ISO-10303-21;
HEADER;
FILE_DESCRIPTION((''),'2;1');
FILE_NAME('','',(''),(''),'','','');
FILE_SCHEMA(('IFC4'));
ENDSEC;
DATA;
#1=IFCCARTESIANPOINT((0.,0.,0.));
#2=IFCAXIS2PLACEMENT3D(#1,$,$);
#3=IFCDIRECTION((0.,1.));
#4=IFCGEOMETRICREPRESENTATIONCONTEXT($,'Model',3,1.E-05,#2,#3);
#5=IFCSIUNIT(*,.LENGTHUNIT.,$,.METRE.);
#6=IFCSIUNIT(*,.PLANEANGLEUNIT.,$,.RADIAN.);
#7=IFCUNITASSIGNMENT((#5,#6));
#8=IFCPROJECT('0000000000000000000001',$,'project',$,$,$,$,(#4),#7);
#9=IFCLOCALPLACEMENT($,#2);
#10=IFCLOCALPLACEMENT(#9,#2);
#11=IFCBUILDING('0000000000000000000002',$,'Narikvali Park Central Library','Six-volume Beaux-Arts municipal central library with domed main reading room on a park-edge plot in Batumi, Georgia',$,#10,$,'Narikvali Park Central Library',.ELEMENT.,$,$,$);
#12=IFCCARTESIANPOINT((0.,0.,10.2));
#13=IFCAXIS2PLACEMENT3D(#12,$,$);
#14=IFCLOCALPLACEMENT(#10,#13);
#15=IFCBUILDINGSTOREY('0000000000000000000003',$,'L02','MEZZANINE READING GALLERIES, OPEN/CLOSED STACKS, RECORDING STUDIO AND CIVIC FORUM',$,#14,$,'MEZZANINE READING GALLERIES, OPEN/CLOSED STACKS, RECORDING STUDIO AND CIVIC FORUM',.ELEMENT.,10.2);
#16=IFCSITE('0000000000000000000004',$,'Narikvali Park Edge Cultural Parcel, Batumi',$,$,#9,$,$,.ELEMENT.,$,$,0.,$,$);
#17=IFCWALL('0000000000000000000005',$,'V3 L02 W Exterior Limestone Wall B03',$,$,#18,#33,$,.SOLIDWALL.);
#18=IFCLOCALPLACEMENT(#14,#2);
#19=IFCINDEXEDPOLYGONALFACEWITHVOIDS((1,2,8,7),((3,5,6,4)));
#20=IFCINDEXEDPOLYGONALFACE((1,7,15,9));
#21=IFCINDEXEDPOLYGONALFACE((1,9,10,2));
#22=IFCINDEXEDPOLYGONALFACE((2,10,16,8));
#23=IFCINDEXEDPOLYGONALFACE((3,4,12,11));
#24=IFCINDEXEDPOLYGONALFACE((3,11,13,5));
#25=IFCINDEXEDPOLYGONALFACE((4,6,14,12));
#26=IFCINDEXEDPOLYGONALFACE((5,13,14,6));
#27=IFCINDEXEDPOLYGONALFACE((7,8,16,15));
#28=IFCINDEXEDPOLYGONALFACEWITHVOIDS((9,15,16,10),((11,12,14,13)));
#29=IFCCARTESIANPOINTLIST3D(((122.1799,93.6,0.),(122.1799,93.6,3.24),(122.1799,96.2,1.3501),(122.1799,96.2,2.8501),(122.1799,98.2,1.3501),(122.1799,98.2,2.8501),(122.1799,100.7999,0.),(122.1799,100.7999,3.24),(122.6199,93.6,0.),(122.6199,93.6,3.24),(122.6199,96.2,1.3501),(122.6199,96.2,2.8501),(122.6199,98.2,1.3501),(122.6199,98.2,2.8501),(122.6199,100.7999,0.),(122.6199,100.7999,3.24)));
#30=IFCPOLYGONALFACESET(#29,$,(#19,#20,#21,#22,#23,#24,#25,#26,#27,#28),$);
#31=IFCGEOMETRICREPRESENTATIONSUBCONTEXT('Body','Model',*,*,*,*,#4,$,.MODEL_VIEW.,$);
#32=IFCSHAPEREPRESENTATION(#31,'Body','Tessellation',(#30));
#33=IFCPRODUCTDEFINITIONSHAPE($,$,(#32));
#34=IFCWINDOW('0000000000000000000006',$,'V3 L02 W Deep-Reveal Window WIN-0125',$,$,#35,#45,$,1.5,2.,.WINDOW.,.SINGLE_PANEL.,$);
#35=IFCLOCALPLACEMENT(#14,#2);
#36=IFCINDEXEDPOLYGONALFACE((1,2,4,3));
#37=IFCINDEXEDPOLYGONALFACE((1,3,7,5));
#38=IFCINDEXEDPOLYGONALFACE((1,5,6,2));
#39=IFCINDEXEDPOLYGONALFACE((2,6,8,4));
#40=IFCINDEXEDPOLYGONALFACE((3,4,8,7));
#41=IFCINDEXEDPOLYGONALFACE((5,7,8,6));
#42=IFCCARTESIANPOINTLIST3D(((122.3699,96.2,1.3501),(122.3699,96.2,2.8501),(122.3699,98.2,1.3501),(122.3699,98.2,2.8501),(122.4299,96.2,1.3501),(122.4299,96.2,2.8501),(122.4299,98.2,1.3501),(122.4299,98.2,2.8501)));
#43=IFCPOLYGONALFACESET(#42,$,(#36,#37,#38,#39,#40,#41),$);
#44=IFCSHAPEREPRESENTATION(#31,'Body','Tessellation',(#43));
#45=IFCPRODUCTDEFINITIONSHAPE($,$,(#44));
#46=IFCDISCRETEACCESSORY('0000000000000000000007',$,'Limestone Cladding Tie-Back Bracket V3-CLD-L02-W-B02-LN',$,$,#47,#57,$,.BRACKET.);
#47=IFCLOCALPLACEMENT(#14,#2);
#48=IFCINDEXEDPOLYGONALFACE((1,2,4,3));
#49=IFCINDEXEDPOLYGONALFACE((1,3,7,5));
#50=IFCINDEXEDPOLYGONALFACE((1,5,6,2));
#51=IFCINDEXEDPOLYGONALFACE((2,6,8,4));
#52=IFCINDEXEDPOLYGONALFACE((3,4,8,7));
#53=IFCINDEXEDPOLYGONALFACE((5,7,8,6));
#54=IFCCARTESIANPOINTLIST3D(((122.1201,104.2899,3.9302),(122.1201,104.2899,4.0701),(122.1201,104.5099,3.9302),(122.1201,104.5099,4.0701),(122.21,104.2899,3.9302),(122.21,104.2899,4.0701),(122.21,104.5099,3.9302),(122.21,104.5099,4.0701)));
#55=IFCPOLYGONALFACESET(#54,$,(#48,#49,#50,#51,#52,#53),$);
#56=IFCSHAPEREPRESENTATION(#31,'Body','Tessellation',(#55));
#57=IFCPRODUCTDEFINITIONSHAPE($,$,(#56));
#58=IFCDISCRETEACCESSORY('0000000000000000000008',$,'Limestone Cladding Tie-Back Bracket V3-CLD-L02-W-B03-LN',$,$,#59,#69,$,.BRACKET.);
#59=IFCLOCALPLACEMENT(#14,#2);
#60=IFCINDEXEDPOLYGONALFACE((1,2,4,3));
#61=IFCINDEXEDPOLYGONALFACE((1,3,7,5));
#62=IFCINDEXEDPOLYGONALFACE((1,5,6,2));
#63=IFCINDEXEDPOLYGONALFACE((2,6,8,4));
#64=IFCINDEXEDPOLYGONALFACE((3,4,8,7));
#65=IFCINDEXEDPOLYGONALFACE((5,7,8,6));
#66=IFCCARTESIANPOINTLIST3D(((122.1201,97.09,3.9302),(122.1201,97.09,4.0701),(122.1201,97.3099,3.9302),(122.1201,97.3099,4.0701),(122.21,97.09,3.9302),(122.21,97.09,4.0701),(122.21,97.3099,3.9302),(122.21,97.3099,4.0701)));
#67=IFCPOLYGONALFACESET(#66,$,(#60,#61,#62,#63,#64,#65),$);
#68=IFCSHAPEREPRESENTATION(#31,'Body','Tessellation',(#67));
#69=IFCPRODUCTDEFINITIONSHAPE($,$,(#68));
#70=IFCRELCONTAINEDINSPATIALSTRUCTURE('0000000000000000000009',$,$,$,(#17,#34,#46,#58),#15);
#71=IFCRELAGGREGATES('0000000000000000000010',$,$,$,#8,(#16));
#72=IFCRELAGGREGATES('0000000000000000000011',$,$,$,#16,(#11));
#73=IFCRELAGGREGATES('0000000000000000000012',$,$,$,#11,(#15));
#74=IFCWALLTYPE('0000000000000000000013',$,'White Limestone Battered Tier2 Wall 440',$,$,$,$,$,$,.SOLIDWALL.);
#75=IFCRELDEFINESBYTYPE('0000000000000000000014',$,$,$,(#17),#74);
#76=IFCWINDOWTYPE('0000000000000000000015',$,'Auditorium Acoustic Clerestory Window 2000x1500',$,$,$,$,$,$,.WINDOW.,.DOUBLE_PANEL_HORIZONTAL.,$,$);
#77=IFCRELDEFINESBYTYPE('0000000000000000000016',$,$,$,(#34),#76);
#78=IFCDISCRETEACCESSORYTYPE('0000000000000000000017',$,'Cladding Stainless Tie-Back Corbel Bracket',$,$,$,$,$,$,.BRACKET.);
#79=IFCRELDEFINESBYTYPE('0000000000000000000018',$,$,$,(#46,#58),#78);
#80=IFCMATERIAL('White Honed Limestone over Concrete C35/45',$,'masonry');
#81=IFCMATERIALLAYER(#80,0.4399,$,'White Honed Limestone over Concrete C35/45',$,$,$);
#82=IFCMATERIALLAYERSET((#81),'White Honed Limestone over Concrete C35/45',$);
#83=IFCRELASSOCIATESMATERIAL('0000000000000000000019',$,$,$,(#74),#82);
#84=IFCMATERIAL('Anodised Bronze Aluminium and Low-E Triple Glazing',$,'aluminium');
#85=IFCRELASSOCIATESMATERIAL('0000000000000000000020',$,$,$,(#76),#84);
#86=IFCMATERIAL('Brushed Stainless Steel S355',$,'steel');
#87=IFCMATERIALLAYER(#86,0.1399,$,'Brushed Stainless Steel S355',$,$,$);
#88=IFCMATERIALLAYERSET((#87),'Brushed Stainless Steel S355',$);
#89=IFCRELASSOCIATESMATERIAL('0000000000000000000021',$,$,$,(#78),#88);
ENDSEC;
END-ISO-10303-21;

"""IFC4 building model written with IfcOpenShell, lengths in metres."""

from ifc_helpers import new_model, si_unit, direction, frame, frame_2d, origin, origin_2d, place, context, subcontext, project, spatial, rectangle, extrude, material, layer, layer_set, type_object, element, fill, save


model = new_model("IFC4")

# Units and contexts
model_context = context("Model", 3, precision=1e-05, world=origin(), true_north=direction((0.0, 1.0)))
body_context = subcontext(model_context, "Body", "Model", "MODEL_VIEW")
ifc_project = project(units=[si_unit("LENGTHUNIT", "METRE"), si_unit("PLANEANGLEUNIT", "RADIAN")], contexts=[model_context])

# Site, building, storey
site_placement = place(None, origin())
site = spatial("IfcSite", under=ifc_project, at=site_placement, Name="Narikvali Park Edge Cultural Parcel, Batumi", CompositionType="ELEMENT", RefElevation=0.0)
building_placement = place(site_placement, origin())
building = spatial("IfcBuilding", under=site, at=building_placement, Name="Narikvali Park Central Library", Description="Six-volume Beaux-Arts municipal central library with domed main reading room on a park-edge plot in Batumi, Georgia", LongName="Narikvali Park Central Library", CompositionType="ELEMENT")
storey_placement = place(building_placement, frame((0.0, 0.0, 10.2)))
storey = spatial("IfcBuildingStorey", under=building, at=storey_placement, Name="L02", Description="MEZZANINE READING GALLERIES, OPEN/CLOSED STACKS, RECORDING STUDIO AND CIVIC FORUM", LongName="MEZZANINE READING GALLERIES, OPEN/CLOSED STACKS, RECORDING STUDIO AND CIVIC FORUM", CompositionType="ELEMENT", Elevation=10.2)

# Wall, opening, window
ifc_material_1 = material(Name="White Honed Limestone over Concrete C35/45", Category="masonry")
ifc_layer_1 = layer(ifc_material_1, 0.4399, Name="White Honed Limestone over Concrete C35/45")
ifc_layer_set_1 = layer_set([ifc_layer_1], Name="White Honed Limestone over Concrete C35/45")
wall_type_1 = type_object("IfcWallType", Name="White Limestone Battered Tier2 Wall 440", PredefinedType="SOLIDWALL", material=ifc_layer_set_1)
ifc_material_2 = material(Name="Anodised Bronze Aluminium and Low-E Triple Glazing", Category="aluminium")
window_type = type_object("IfcWindowType", Name="Auditorium Acoustic Clerestory Window 2000x1500", PartitioningType="DOUBLE_PANEL_HORIZONTAL", PredefinedType="WINDOW", material=ifc_material_2)
wall_1_placement = place(storey_placement, frame((122.3999, 100.8, 0.0), z_axis=(0.0, 0.0, 1.0), x_axis=(0.0, -1.0, 0.0)))
wall_1 = element("IfcWall", 1, at=wall_1_placement, inside=storey, type_object=wall_type_1, Name="V3 L02 W Exterior Limestone Wall B03", PredefinedType="SOLIDWALL", context=body_context, shape_type="SweptSolid", body=[
    extrude(rectangle(XDim=7.2, YDim=0.4399, at=frame_2d((3.6001, 0.0))), origin(), (0.0, 0.0, 1.0), 3.24),
])
opening_1_placement = place(wall_1_placement, frame((2.6001, 0.0, 1.3501)))
opening_1 = element("IfcOpeningElement", 2, at=opening_1_placement, cuts=wall_1, PredefinedType="OPENING", context=body_context, shape_type="SweptSolid", body=[
    extrude(rectangle(XDim=2.0, YDim=1.5, at=frame_2d((1.0, 0.75))), frame((0.0, 0.2319, 0.0), z_axis=(0.0, -1.0, 0.0), x_axis=(1.0, 0.0, 0.0)), (0.0, 0.0, 1.0), 0.4639),
])
window_1_placement = place(opening_1_placement, origin())
window_1 = element("IfcWindow", 3, at=window_1_placement, inside=storey, type_object=window_type, Name="V3 L02 W Deep-Reveal Window WIN-0125", OverallHeight=1.5, OverallWidth=2.0, PartitioningType="SINGLE_PANEL", PredefinedType="WINDOW", context=body_context, shape_type="SweptSolid", body=[
    extrude(rectangle(XDim=2.0, YDim=1.5, at=frame_2d((1.0, 0.75))), frame((0.0, 0.03, 0.0), z_axis=(0.0, -1.0, 0.0), x_axis=(1.0, 0.0, 0.0)), (0.0, 0.0, 1.0), 0.0601),
])
fill(opening_1, window_1)

# Discrete accessories
ifc_material_3 = material(Name="Brushed Stainless Steel S355", Category="steel")
ifc_layer_2 = layer(ifc_material_3, 0.1399, Name="Brushed Stainless Steel S355")
ifc_layer_set_2 = layer_set([ifc_layer_2], Name="Brushed Stainless Steel S355")
discrete_accessory_type = type_object("IfcDiscreteAccessoryType", Name="Cladding Stainless Tie-Back Corbel Bracket", PredefinedType="BRACKET", material=ifc_layer_set_2)
for number, where, z_axis, x_axis, name in (
    (4, (122.165, 104.3999, 3.9302), (0.0, 0.0, 1.0), (1.0, 0.0, 0.0), "Limestone Cladding Tie-Back Bracket V3-CLD-L02-W-B02-LN"),
    (5, (122.165, 97.2, 3.9302), (0.0, 0.0, 1.0), (1.0, 0.0, 0.0), "Limestone Cladding Tie-Back Bracket V3-CLD-L02-W-B03-LN"),
):
    element("IfcDiscreteAccessory", number, at=place(storey_placement, frame(where, z_axis=z_axis, x_axis=x_axis)), inside=storey, type_object=discrete_accessory_type, Name=name, PredefinedType="BRACKET", context=body_context, shape_type="SweptSolid", body=[
        extrude(rectangle(XDim=0.0898, YDim=0.22, at=origin_2d()), origin(), (0.0, 0.0, 1.0), 0.1399),
    ])

save(model, "model.ifc")
